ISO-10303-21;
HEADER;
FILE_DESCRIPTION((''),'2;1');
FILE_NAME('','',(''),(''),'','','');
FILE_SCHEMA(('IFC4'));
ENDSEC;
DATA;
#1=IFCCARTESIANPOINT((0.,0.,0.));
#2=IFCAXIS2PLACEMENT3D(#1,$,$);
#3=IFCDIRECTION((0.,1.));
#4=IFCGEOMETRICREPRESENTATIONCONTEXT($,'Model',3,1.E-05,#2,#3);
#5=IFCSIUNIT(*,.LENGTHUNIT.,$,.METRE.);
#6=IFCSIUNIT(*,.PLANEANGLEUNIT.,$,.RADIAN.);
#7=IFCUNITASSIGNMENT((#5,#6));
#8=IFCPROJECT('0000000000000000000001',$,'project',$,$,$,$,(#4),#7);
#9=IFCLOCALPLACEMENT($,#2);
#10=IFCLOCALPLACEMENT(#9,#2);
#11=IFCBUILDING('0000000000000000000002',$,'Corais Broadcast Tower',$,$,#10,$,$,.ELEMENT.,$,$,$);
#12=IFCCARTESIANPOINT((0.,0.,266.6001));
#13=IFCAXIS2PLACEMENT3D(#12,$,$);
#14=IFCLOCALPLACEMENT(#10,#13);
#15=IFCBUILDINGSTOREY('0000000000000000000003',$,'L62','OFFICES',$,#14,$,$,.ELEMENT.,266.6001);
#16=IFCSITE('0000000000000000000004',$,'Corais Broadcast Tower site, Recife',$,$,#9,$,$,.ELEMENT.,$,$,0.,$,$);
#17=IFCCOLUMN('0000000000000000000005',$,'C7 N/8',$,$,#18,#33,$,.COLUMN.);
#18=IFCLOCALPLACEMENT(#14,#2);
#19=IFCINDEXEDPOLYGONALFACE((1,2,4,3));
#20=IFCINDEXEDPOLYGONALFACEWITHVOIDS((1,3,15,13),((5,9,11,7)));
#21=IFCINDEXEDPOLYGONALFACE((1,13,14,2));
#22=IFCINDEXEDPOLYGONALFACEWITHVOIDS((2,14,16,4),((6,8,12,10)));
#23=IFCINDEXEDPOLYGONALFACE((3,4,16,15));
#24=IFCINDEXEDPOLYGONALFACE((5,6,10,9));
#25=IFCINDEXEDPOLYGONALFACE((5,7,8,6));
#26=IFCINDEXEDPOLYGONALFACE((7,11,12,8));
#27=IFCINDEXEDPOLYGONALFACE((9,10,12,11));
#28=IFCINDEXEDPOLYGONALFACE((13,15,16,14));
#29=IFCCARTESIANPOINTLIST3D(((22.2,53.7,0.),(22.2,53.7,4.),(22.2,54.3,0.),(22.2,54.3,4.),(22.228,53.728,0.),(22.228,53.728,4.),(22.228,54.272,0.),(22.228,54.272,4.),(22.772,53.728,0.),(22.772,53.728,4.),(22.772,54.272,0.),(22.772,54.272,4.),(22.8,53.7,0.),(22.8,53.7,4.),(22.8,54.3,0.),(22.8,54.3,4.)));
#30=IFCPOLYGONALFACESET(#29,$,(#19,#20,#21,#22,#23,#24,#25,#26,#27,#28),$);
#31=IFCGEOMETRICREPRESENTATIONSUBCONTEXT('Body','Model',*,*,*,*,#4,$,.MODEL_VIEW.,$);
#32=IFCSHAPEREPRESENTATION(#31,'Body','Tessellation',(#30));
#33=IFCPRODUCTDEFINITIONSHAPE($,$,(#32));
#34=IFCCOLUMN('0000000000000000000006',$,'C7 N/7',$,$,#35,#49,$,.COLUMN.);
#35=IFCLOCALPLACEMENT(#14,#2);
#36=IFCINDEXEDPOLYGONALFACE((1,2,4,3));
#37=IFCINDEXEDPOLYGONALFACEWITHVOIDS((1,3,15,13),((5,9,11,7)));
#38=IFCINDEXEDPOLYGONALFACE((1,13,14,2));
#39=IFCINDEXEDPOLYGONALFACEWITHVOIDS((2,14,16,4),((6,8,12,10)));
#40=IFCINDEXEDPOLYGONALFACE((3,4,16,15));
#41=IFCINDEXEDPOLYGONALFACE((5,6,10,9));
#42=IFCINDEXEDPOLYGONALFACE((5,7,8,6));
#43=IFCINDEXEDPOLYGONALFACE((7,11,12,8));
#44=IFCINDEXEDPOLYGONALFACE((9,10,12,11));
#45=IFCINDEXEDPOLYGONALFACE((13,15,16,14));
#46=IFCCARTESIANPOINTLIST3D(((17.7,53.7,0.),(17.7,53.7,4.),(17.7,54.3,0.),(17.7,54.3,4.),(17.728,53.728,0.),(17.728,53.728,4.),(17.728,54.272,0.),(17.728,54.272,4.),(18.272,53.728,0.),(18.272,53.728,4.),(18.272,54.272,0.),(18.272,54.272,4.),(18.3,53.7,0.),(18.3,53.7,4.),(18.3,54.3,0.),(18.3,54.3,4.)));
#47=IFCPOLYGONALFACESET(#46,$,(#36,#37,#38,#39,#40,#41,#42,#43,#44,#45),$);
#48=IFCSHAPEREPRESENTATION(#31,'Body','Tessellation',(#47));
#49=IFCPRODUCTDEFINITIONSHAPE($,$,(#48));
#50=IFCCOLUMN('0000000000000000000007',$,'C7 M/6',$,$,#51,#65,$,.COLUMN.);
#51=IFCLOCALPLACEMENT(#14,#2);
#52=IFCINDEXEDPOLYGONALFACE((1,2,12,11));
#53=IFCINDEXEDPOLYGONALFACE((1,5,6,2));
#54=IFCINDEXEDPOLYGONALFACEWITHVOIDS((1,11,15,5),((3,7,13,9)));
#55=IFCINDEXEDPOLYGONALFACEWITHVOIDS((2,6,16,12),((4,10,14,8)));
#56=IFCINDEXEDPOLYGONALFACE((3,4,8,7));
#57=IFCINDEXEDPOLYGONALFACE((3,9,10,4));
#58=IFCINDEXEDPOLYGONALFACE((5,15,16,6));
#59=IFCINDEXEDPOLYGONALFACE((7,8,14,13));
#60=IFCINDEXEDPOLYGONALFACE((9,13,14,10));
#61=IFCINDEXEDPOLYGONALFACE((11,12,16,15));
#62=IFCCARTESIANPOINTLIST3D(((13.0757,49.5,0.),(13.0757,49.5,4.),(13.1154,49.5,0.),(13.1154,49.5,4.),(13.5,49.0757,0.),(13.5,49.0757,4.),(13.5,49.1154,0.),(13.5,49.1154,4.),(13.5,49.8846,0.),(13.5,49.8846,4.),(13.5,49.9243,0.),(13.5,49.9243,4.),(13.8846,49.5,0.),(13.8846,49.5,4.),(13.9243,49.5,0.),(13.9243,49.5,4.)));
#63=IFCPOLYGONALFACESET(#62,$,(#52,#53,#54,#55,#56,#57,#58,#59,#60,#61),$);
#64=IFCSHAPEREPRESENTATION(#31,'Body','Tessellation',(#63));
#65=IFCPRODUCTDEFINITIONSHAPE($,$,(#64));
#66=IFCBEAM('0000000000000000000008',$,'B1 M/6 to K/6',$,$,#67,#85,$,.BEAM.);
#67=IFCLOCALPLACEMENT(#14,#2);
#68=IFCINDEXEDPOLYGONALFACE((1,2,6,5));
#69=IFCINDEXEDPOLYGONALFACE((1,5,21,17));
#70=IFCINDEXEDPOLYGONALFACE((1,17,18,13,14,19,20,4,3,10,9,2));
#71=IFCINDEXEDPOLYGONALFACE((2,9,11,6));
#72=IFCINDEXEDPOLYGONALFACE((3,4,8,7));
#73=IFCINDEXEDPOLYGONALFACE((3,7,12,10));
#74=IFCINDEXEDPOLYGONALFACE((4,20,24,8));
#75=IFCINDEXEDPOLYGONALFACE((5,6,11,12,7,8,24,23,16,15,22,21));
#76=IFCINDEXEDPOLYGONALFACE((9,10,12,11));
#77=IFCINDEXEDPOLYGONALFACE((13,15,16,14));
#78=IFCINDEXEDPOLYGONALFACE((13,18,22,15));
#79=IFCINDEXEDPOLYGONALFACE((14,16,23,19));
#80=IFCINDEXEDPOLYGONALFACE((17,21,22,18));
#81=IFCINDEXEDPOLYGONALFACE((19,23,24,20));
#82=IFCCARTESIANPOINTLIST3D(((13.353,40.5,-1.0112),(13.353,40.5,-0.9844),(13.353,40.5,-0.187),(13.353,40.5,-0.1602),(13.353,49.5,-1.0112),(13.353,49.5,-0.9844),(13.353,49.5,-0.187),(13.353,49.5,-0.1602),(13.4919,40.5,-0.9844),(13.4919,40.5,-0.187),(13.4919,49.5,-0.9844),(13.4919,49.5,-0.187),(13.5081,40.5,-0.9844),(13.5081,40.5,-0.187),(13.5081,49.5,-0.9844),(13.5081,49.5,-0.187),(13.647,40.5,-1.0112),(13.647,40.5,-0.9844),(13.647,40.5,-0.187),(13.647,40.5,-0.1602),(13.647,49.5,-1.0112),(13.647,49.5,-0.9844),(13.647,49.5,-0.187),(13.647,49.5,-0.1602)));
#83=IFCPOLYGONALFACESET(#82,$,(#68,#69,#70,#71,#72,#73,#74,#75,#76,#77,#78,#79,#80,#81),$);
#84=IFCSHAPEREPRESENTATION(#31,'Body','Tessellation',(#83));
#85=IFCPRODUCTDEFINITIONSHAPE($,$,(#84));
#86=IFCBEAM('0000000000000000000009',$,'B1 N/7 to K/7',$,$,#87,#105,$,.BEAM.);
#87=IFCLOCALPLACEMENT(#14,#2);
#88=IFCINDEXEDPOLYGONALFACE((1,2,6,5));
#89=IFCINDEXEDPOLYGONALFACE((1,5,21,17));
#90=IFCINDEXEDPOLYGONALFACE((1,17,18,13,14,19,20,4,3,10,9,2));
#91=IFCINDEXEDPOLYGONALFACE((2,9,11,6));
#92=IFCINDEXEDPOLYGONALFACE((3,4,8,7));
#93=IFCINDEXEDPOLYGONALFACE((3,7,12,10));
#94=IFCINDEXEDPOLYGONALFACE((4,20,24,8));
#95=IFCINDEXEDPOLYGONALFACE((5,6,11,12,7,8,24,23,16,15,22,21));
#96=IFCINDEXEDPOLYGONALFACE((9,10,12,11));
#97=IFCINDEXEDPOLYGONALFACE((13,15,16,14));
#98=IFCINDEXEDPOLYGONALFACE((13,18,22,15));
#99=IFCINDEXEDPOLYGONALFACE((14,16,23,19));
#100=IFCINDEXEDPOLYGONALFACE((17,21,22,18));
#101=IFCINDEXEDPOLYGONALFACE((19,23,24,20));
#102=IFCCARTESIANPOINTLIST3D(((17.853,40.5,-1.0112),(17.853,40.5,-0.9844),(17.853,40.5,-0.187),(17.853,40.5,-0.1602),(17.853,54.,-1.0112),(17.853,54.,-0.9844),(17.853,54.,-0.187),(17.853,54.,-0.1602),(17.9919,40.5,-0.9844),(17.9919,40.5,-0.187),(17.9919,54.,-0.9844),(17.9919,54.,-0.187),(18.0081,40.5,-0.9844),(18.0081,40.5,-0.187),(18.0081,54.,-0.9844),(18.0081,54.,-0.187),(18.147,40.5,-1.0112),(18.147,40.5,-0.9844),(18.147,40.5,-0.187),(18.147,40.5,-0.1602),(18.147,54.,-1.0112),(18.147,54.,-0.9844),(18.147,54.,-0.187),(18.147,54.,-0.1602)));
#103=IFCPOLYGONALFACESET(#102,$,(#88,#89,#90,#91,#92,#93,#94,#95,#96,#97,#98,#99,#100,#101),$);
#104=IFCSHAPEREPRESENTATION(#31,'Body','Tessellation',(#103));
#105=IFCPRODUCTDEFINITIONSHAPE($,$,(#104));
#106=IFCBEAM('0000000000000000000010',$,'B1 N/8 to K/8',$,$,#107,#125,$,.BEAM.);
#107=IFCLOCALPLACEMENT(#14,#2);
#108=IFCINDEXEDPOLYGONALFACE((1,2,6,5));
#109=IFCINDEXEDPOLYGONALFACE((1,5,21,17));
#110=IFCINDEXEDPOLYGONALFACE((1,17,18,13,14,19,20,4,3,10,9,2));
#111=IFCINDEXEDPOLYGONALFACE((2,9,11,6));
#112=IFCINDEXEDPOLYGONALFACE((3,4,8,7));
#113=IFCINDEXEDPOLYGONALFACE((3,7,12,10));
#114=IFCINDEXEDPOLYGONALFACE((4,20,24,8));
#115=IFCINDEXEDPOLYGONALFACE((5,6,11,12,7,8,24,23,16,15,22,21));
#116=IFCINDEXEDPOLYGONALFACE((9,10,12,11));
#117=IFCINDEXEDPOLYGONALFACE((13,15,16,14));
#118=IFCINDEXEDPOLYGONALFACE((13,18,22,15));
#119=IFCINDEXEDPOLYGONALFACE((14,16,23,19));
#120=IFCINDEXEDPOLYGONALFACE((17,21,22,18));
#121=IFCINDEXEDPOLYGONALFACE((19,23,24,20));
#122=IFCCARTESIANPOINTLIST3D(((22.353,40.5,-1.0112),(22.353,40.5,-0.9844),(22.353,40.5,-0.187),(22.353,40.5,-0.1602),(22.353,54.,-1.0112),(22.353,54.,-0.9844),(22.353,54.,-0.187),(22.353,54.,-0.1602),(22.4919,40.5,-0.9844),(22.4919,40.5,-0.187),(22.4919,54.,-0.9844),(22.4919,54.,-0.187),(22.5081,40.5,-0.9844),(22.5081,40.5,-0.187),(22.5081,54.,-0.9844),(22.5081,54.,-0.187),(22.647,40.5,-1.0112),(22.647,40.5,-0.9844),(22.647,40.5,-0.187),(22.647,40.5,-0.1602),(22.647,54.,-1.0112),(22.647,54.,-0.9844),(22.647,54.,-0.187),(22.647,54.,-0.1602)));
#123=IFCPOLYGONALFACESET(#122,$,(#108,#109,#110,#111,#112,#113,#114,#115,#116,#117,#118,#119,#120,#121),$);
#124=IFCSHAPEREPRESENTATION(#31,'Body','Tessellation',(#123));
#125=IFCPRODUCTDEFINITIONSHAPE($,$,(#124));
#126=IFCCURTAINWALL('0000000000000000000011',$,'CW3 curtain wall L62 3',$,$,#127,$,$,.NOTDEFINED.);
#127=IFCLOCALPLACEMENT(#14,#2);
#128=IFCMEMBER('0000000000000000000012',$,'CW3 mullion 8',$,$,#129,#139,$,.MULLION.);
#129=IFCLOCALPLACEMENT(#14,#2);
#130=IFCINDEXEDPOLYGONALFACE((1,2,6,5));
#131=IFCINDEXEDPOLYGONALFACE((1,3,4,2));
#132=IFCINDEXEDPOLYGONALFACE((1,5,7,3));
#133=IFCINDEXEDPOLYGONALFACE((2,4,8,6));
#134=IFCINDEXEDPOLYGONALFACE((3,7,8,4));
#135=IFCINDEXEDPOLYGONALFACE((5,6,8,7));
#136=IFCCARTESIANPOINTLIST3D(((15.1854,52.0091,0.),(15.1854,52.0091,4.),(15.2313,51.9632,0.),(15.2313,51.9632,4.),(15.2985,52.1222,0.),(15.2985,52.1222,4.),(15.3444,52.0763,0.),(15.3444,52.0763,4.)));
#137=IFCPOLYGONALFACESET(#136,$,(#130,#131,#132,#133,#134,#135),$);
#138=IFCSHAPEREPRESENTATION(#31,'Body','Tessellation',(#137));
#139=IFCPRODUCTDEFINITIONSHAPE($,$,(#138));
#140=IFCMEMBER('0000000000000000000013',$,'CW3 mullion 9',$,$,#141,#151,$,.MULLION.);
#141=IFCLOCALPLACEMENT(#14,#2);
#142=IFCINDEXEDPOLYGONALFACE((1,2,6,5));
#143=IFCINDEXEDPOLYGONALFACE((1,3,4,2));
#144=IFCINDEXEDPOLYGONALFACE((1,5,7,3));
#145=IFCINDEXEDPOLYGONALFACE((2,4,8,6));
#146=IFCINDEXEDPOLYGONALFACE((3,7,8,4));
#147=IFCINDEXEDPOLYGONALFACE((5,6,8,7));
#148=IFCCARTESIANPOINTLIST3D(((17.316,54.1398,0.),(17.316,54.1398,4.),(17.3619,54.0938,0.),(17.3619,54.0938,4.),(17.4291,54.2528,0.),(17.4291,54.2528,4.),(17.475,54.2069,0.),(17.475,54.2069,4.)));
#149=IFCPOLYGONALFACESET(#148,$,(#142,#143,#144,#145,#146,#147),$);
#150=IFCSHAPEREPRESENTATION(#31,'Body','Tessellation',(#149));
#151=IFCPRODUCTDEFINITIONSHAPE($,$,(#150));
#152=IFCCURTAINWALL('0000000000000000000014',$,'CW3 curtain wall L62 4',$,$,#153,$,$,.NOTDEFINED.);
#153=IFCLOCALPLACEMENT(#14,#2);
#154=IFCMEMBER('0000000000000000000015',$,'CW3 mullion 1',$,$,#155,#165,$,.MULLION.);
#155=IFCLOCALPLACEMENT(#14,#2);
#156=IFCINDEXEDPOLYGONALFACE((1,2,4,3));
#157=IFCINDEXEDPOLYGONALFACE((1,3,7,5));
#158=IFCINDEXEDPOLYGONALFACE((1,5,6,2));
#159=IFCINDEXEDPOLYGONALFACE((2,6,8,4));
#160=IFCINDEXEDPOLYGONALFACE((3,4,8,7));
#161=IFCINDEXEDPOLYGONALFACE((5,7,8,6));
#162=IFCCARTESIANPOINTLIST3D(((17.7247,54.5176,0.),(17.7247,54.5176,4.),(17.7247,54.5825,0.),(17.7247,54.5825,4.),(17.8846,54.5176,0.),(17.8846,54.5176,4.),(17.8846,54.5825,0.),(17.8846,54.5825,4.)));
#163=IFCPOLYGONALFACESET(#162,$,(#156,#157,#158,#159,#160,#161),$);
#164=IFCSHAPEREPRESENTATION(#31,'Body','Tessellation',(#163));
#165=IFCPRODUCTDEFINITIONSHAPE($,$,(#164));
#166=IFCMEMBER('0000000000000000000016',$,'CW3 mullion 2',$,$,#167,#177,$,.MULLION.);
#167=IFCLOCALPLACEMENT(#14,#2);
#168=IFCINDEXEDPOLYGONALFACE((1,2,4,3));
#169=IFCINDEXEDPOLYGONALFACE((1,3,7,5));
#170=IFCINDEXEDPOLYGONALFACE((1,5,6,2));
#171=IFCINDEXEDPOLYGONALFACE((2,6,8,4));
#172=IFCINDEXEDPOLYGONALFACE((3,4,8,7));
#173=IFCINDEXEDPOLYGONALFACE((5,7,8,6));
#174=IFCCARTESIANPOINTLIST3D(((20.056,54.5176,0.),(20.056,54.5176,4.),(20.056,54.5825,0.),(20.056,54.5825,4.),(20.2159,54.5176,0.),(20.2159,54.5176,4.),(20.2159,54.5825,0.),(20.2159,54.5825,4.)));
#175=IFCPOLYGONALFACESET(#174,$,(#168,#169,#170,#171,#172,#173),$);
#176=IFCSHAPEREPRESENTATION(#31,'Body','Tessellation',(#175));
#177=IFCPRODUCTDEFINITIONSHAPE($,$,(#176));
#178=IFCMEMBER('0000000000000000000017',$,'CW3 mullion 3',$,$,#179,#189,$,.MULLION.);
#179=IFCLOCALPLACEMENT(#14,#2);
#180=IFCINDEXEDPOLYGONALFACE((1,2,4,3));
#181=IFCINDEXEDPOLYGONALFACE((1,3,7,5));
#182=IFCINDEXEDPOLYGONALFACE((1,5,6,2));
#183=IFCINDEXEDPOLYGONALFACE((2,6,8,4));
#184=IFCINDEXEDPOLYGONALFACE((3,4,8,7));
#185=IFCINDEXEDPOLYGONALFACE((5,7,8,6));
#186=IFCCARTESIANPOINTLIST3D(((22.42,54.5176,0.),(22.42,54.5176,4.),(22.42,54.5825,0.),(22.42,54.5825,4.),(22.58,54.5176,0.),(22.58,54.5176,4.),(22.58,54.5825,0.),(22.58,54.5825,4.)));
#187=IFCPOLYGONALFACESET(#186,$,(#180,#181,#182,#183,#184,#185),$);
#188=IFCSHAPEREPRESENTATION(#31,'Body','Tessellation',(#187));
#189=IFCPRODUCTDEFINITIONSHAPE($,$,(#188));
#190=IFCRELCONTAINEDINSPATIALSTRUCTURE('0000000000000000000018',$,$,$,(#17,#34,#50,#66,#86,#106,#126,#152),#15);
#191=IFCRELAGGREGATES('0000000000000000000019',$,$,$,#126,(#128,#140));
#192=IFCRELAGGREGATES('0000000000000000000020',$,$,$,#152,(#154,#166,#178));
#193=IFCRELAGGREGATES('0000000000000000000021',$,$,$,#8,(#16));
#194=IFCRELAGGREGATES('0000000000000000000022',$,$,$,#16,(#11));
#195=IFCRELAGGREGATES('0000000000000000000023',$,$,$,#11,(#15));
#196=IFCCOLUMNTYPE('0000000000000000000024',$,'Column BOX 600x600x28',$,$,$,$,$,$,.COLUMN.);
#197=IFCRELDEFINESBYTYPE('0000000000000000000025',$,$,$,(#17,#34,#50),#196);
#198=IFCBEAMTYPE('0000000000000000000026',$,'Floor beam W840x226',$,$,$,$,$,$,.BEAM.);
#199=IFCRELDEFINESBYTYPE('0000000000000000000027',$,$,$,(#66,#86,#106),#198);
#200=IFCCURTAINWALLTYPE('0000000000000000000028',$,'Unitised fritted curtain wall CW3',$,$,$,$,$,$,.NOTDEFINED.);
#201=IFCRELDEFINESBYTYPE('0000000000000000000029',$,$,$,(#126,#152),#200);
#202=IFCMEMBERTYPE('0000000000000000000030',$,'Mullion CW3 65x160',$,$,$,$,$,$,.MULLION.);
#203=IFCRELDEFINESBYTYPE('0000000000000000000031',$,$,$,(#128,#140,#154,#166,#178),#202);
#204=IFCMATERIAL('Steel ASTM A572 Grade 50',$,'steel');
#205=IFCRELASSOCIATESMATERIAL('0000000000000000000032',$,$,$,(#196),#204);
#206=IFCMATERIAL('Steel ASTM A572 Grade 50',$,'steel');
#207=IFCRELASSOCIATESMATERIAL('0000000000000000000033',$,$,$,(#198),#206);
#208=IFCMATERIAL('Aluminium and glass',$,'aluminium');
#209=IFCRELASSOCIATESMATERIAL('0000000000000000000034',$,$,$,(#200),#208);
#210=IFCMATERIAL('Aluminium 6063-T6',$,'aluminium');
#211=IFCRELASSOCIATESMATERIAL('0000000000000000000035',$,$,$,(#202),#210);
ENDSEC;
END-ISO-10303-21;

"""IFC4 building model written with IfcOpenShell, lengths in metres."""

from ifc_helpers import new_model, si_unit, direction, frame, origin, origin_2d, place, context, subcontext, project, spatial, rectangle, hollow_rectangle, i_section, extrude, material, material_profile, profile_set, type_object, element, aggregate, save


model = new_model("IFC4")

# Units and contexts
model_context = context("Model", 3, precision=1e-05, world=origin(), true_north=direction((0.0, 1.0)))
body_context = subcontext(model_context, "Body", "Model", "MODEL_VIEW")
ifc_project = project(units=[si_unit("LENGTHUNIT", "METRE"), si_unit("PLANEANGLEUNIT", "RADIAN")], contexts=[model_context])

# Site, building, storey
site_placement = place(None, origin())
site = spatial("IfcSite", under=ifc_project, at=site_placement, Name="Corais Broadcast Tower site, Recife", CompositionType="ELEMENT", RefElevation=0.0)
building_placement = place(site_placement, origin())
building = spatial("IfcBuilding", under=site, at=building_placement, Name="Corais Broadcast Tower", CompositionType="ELEMENT")
storey_placement = place(building_placement, frame((0.0, 0.0, 266.6001)))
storey = spatial("IfcBuildingStorey", under=building, at=storey_placement, Name="L62", Description="OFFICES", CompositionType="ELEMENT", Elevation=266.6001)

# Columns
ifc_material_1 = material(Name="Steel ASTM A572 Grade 50", Category="steel")
ifc_material_profile_1 = material_profile(ifc_material_1, hollow_rectangle(XDim=0.6001, YDim=0.6001, WallThickness=0.0281, at=origin_2d()), Name="BOX 600x600x28")
ifc_profile_set_1 = profile_set([ifc_material_profile_1], Name="Steel ASTM A572 Grade 50")
column_type = type_object("IfcColumnType", Name="Column BOX 600x600x28", PredefinedType="COLUMN", material=ifc_profile_set_1)
for number, where, z_axis, x_axis, name in (
    (1, (22.5, 54.0, 0.0), (0.0, 0.0, 1.0), (1.0, 0.0, 0.0), "C7 N/8"),
    (2, (18.0, 54.0, 0.0), (0.0, 0.0, 1.0), (1.0, 0.0, 0.0), "C7 N/7"),
    (3, (13.5, 49.5, 0.0), (0.0, 0.0, 1.0), (0.707107, 0.707107, 0.0), "C7 M/6"),
):
    element("IfcColumn", number, at=place(storey_placement, frame(where, z_axis=z_axis, x_axis=x_axis)), inside=storey, type_object=column_type, Name=name, PredefinedType="COLUMN", context=body_context, shape_type="SweptSolid", body=[
        extrude(hollow_rectangle(XDim=0.6001, YDim=0.6001, WallThickness=0.0281, at=origin_2d()), origin(), (0.0, 0.0, 1.0), 4.0),
    ])

# Beams
ifc_material_2 = material(Name="Steel ASTM A572 Grade 50", Category="steel")
ifc_material_profile_2 = material_profile(ifc_material_2, i_section(OverallWidth=0.2939, OverallDepth=0.8511, WebThickness=0.0161, FlangeThickness=0.0269, at=origin_2d()), Name="W840x226")
ifc_profile_set_2 = profile_set([ifc_material_profile_2], Name="Steel ASTM A572 Grade 50")
beam_type_1 = type_object("IfcBeamType", Name="Floor beam W840x226", PredefinedType="BEAM", material=ifc_profile_set_2)
beam_1_placement = place(storey_placement, frame((13.5, 49.5, -0.5857), z_axis=(0.0, -1.0, 0.0), x_axis=(1.0, 0.0, 0.0)))
element("IfcBeam", 4, at=beam_1_placement, inside=storey, type_object=beam_type_1, Name="B1 M/6 to K/6", PredefinedType="BEAM", context=body_context, shape_type="SweptSolid", body=[
    extrude(i_section(OverallWidth=0.2939, OverallDepth=0.8511, WebThickness=0.0161, FlangeThickness=0.0269, at=origin_2d()), origin(), (0.0, 0.0, 1.0), 9.0),
])
for number, where, z_axis, x_axis, name in (
    (5, (18.0, 54.0, -0.5857), (0.0, -1.0, 0.0), (1.0, 0.0, 0.0), "B1 N/7 to K/7"),
    (6, (22.5, 54.0, -0.5857), (0.0, -1.0, 0.0), (1.0, 0.0, 0.0), "B1 N/8 to K/8"),
):
    element("IfcBeam", number, at=place(storey_placement, frame(where, z_axis=z_axis, x_axis=x_axis)), inside=storey, type_object=beam_type_1, Name=name, PredefinedType="BEAM", context=body_context, shape_type="SweptSolid", body=[
        extrude(i_section(OverallWidth=0.2939, OverallDepth=0.8511, WebThickness=0.0161, FlangeThickness=0.0269, at=origin_2d()), origin(), (0.0, 0.0, 1.0), 13.5),
    ])

# Curtain walls, members
ifc_material_3 = material(Name="Aluminium and glass", Category="aluminium")
curtain_wall_type = type_object("IfcCurtainWallType", Name="Unitised fritted curtain wall CW3", PredefinedType="NOTDEFINED", material=ifc_material_3)
curtain_wall_1_placement = place(storey_placement, origin())
curtain_wall_1 = element("IfcCurtainWall", 7, at=curtain_wall_1_placement, inside=storey, type_object=curtain_wall_type, Name="CW3 curtain wall L62 3", PredefinedType="NOTDEFINED")
ifc_material_4 = material(Name="Aluminium 6063-T6", Category="aluminium")
ifc_material_profile_3 = material_profile(ifc_material_4, rectangle(XDim=0.0649, YDim=0.1599, at=origin_2d()), Name="Mullion CW3 65x160")
ifc_profile_set_3 = profile_set([ifc_material_profile_3], Name="Aluminium 6063-T6")
member_type_1 = type_object("IfcMemberType", Name="Mullion CW3 65x160", PredefinedType="MULLION", material=ifc_profile_set_3)
member_1_placement = place(storey_placement, frame((15.2649, 52.0427, 0.0), z_axis=(0.0, 0.0, 1.0), x_axis=(-0.707107, 0.707107, 0.0)))
member_1 = element("IfcMember", 8, at=member_1_placement, type_object=member_type_1, Name="CW3 mullion 8", PredefinedType="MULLION", context=body_context, shape_type="SweptSolid", body=[
    extrude(rectangle(XDim=0.0649, YDim=0.1599, at=origin_2d()), origin(), (0.0, 0.0, 1.0), 4.0),
])
member_2_placement = place(storey_placement, frame((17.3955, 54.1733, 0.0), z_axis=(0.0, 0.0, 1.0), x_axis=(-0.707107, 0.707107, 0.0)))
member_2 = element("IfcMember", 9, at=member_2_placement, type_object=member_type_1, Name="CW3 mullion 9", PredefinedType="MULLION", context=body_context, shape_type="SweptSolid", body=[
    extrude(rectangle(XDim=0.0649, YDim=0.1599, at=origin_2d()), origin(), (0.0, 0.0, 1.0), 4.0),
])
curtain_wall_2_placement = place(storey_placement, origin())
curtain_wall_2 = element("IfcCurtainWall", 10, at=curtain_wall_2_placement, inside=storey, type_object=curtain_wall_type, Name="CW3 curtain wall L62 4", PredefinedType="NOTDEFINED")
member_3_placement = place(storey_placement, frame((17.8047, 54.55, 0.0), z_axis=(0.0, 0.0, 1.0), x_axis=(0.0, 1.0, 0.0)))
member_3 = element("IfcMember", 11, at=member_3_placement, type_object=member_type_1, Name="CW3 mullion 1", PredefinedType="MULLION", context=body_context, shape_type="SweptSolid", body=[
    extrude(rectangle(XDim=0.0649, YDim=0.1599, at=origin_2d()), origin(), (0.0, 0.0, 1.0), 4.0),
])
member_4_placement = place(storey_placement, frame((20.136, 54.55, 0.0), z_axis=(0.0, 0.0, 1.0), x_axis=(0.0, 1.0, 0.0)))
member_4 = element("IfcMember", 12, at=member_4_placement, type_object=member_type_1, Name="CW3 mullion 2", PredefinedType="MULLION", context=body_context, shape_type="SweptSolid", body=[
    extrude(rectangle(XDim=0.0649, YDim=0.1599, at=origin_2d()), origin(), (0.0, 0.0, 1.0), 4.0),
])
member_5_placement = place(storey_placement, frame((22.5, 54.55, 0.0), z_axis=(0.0, 0.0, 1.0), x_axis=(0.0, 1.0, 0.0)))
member_5 = element("IfcMember", 13, at=member_5_placement, type_object=member_type_1, Name="CW3 mullion 3", PredefinedType="MULLION", context=body_context, shape_type="SweptSolid", body=[
    extrude(rectangle(XDim=0.0649, YDim=0.1599, at=origin_2d()), origin(), (0.0, 0.0, 1.0), 4.0),
])

aggregate(curtain_wall_1, [member_1, member_2])
aggregate(curtain_wall_2, [member_3, member_4, member_5])

save(model, "model.ifc")
